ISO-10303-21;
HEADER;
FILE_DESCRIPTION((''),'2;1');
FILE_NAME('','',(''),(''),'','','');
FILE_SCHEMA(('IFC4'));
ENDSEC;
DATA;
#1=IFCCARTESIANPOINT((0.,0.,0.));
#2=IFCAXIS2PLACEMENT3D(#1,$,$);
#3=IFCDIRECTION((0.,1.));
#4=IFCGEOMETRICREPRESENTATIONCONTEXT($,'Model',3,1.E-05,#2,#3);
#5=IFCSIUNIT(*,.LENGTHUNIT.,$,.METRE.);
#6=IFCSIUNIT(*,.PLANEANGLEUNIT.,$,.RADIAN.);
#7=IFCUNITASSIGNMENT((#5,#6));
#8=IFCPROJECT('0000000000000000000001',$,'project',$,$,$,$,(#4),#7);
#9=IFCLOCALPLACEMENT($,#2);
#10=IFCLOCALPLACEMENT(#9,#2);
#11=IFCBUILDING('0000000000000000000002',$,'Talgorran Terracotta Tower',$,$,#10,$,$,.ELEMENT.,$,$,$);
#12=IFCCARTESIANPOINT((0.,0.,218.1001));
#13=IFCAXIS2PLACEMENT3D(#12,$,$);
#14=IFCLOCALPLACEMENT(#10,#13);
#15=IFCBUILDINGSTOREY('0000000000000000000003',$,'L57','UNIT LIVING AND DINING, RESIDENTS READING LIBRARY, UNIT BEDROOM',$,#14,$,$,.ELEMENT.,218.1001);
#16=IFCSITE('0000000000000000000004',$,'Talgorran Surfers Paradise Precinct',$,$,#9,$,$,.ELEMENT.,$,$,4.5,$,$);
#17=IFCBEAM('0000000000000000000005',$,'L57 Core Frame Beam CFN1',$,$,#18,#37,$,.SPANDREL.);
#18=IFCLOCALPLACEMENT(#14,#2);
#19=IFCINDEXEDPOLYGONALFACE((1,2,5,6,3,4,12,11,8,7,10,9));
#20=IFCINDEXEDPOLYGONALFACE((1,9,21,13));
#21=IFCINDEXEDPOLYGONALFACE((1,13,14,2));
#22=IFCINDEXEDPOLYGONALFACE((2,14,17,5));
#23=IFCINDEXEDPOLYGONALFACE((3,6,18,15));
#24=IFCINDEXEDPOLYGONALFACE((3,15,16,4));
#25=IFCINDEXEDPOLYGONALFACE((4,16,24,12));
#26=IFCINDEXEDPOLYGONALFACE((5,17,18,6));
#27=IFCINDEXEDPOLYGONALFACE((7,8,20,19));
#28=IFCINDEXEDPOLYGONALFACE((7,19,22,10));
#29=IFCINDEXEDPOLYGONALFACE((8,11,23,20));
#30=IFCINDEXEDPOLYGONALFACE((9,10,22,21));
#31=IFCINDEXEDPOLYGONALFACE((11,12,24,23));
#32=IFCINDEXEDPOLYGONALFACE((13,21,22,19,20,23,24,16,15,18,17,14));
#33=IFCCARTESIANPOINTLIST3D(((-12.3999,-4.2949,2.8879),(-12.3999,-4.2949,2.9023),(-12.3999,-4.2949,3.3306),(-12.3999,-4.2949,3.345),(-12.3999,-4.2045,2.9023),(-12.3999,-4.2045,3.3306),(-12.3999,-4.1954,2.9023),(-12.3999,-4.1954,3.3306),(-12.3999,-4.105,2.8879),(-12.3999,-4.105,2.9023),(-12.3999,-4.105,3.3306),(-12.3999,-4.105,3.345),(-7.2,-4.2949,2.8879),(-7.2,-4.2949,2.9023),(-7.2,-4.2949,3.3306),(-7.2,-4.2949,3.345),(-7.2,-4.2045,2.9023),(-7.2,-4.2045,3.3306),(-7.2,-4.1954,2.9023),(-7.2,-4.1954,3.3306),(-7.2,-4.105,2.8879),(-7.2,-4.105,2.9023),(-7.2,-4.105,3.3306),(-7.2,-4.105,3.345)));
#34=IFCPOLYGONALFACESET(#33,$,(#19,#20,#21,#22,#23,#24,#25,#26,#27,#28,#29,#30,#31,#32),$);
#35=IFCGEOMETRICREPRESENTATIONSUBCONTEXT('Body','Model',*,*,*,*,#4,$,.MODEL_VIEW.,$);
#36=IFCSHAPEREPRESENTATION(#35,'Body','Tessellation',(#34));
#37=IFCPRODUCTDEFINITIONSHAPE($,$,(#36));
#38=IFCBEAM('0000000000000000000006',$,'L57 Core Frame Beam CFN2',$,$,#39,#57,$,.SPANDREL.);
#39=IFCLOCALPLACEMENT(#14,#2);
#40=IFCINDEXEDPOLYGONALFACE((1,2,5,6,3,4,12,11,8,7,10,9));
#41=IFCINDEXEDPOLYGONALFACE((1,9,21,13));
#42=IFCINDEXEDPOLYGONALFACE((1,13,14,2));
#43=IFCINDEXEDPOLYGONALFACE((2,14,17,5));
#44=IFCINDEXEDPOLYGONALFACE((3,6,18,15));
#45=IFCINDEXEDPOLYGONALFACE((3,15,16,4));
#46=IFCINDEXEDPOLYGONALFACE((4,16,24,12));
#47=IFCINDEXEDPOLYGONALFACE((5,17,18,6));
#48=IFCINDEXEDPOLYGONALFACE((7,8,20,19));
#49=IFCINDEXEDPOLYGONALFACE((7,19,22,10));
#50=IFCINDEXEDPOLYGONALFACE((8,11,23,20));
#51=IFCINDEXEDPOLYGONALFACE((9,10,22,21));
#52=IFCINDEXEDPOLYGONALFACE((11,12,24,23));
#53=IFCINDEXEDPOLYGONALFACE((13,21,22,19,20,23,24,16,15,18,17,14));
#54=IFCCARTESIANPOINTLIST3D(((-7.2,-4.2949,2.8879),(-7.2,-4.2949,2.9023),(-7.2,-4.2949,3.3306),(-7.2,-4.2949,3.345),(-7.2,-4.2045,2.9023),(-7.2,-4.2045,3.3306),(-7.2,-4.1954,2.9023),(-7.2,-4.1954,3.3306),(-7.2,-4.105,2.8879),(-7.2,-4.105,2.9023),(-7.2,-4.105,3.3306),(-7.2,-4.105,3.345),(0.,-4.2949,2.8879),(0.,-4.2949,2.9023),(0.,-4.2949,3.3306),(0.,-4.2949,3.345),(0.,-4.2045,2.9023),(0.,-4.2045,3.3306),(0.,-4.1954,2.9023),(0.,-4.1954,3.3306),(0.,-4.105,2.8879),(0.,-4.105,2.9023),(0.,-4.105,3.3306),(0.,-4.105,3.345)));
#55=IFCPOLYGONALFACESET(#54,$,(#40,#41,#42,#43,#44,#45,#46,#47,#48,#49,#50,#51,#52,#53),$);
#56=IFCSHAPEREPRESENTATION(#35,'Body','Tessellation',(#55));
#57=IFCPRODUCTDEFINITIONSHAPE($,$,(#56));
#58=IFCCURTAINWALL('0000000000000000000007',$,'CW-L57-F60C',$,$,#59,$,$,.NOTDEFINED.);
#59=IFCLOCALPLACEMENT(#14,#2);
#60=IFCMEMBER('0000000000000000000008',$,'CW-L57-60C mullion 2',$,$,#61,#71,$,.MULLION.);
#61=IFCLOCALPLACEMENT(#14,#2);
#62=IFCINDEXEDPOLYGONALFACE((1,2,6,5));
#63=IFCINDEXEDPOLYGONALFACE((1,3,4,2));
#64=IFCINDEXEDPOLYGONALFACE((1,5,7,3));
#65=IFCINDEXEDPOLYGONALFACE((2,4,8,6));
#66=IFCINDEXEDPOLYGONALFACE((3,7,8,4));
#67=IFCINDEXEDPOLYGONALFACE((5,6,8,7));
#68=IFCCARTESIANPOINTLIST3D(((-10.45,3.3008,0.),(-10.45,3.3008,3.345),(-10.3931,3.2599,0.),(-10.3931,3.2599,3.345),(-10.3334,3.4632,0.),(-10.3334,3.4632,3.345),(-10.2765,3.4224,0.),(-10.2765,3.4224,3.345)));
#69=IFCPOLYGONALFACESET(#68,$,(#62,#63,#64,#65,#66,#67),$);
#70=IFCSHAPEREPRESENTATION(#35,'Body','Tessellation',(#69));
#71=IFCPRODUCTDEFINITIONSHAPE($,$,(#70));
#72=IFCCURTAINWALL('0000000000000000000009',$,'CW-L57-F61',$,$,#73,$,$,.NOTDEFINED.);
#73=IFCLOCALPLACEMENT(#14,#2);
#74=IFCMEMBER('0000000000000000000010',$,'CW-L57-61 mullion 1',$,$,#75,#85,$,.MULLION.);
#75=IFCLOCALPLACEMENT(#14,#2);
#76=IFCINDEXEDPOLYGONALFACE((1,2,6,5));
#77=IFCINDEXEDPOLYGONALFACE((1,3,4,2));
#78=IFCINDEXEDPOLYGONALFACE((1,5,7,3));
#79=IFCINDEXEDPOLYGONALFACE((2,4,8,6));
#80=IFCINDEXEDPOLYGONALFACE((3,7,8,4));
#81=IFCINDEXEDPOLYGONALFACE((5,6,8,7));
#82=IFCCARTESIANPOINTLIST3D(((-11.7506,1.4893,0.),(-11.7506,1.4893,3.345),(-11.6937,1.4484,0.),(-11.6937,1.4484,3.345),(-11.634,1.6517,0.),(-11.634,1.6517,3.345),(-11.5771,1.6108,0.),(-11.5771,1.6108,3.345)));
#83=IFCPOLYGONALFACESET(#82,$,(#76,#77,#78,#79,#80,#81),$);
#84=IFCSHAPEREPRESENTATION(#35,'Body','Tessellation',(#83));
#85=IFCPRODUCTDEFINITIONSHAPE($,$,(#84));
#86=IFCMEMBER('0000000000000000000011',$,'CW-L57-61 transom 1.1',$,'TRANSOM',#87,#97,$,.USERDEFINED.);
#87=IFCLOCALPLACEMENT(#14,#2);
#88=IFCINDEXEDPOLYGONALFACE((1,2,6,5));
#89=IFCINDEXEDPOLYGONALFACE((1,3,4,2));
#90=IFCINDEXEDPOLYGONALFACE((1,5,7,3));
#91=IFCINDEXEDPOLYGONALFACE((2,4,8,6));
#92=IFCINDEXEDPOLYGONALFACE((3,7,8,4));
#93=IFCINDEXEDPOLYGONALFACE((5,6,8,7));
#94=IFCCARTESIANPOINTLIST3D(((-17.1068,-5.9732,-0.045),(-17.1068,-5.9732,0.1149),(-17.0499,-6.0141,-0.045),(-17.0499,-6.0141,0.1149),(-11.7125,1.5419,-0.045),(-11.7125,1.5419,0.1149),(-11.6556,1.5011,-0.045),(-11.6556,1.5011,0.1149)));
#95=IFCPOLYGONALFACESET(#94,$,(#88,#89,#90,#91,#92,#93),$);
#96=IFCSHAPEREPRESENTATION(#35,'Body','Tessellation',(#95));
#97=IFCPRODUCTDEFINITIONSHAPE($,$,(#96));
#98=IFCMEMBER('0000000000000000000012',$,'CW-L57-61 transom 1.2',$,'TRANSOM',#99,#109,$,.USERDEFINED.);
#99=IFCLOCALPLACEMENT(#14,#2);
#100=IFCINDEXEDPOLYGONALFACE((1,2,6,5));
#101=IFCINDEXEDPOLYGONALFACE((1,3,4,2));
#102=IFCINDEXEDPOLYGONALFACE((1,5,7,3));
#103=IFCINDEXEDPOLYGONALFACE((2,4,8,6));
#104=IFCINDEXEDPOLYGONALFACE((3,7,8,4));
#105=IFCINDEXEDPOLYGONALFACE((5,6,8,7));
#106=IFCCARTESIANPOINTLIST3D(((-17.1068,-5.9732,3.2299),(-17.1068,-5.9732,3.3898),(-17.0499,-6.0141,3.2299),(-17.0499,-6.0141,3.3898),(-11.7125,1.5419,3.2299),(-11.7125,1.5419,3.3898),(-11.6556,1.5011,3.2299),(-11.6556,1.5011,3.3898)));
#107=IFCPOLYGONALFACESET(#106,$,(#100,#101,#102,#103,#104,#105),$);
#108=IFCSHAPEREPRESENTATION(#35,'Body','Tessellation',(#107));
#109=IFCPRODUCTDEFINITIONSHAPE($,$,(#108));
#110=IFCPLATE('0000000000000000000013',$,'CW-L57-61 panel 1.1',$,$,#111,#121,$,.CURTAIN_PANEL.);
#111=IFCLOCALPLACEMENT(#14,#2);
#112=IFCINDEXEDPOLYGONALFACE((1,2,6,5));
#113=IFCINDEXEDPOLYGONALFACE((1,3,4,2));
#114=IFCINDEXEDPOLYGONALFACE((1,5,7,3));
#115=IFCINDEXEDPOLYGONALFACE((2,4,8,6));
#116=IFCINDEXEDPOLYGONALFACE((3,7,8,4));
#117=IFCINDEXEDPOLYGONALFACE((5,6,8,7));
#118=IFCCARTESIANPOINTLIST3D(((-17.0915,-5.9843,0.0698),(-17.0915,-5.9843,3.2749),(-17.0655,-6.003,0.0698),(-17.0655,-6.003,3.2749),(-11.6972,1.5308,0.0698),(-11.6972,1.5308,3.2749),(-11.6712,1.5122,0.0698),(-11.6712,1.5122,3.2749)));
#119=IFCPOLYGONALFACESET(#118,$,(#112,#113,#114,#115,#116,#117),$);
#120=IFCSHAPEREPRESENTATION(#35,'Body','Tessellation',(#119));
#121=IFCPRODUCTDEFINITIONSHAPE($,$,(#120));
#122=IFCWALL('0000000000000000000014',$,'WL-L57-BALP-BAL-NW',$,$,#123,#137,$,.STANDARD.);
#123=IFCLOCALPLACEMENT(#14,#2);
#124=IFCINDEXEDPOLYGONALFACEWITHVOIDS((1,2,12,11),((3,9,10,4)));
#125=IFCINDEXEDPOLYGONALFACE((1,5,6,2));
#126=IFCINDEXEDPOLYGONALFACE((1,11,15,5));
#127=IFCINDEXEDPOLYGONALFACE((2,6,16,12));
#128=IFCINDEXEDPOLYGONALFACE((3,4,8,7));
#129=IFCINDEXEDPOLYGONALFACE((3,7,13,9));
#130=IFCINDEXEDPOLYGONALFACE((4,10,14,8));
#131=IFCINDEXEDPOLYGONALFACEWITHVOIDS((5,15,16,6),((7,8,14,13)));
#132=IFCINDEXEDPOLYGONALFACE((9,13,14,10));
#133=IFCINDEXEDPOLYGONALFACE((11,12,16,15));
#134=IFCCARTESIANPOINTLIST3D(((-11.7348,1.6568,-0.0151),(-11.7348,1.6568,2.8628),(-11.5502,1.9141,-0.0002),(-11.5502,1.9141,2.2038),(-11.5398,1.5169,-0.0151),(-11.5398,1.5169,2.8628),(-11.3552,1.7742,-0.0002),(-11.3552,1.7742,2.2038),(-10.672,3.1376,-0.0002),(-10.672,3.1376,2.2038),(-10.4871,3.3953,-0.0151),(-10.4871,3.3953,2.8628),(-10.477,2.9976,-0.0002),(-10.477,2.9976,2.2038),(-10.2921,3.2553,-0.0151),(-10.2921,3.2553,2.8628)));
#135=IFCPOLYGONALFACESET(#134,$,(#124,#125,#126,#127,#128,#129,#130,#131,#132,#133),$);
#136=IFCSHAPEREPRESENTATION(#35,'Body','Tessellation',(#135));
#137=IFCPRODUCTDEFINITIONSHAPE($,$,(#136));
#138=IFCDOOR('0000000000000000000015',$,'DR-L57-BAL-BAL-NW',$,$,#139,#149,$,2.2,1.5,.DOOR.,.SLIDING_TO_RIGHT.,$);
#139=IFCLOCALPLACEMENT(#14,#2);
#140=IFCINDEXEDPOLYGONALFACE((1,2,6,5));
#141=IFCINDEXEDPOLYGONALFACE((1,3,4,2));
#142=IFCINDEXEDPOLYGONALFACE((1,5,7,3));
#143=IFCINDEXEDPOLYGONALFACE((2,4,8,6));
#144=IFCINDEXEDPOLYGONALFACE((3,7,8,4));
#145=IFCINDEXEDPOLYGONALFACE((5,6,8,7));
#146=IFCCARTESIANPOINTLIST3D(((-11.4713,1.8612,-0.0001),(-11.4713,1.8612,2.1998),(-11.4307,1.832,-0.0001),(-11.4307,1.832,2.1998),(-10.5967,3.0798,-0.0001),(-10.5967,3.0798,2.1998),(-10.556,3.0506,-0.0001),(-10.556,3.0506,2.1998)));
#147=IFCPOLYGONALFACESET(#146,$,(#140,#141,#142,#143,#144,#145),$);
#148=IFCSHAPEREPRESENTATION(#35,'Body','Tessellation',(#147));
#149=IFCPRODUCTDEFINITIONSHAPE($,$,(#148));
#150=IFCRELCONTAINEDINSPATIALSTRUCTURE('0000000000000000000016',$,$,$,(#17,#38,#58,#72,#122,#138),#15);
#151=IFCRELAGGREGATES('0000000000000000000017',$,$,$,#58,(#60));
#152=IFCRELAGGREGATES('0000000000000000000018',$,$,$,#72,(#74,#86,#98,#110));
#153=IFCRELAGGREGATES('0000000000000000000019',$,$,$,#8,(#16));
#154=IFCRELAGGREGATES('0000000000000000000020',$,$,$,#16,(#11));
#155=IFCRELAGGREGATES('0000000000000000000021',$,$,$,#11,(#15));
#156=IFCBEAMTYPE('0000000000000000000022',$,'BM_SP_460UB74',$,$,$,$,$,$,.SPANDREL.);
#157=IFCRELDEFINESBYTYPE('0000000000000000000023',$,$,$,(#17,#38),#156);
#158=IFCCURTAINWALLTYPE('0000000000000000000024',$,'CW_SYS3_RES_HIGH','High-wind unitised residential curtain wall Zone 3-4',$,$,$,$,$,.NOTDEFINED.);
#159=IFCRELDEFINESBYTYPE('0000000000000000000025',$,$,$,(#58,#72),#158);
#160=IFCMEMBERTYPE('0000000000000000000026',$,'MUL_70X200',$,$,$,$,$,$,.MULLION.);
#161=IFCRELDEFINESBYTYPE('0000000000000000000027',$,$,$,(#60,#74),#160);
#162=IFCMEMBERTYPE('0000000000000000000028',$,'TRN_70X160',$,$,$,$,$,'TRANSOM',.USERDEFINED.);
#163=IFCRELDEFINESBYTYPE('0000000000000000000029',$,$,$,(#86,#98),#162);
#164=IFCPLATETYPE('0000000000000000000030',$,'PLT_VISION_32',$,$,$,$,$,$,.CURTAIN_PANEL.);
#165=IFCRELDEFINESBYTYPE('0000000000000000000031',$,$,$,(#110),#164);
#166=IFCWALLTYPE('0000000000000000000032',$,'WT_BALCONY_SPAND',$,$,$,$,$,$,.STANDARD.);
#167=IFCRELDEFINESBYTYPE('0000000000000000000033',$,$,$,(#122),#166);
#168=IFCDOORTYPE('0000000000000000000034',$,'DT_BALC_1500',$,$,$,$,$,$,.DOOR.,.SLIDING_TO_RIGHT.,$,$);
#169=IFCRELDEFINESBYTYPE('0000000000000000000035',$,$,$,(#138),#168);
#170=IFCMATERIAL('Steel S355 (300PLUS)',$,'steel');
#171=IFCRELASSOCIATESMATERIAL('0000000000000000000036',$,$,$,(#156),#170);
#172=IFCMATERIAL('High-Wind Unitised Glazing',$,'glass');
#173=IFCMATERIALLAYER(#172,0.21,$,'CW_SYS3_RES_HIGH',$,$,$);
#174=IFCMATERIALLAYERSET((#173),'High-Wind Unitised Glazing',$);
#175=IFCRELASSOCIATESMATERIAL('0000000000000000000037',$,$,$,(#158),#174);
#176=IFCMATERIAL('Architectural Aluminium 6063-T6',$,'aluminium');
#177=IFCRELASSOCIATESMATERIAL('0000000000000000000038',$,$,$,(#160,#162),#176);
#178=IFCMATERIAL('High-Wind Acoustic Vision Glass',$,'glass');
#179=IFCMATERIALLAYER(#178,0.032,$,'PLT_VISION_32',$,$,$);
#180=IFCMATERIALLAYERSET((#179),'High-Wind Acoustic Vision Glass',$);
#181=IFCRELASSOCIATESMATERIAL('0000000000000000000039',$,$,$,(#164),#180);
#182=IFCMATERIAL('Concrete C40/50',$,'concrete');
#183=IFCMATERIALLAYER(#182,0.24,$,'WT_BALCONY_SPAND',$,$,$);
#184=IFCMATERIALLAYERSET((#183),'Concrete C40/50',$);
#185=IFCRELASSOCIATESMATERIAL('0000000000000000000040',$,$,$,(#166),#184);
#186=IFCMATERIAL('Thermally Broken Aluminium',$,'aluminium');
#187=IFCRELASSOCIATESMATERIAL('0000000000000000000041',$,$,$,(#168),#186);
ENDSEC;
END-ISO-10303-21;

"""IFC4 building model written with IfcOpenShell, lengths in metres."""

from ifc_helpers import new_model, si_unit, direction, frame, frame_2d, origin, origin_2d, place, context, subcontext, project, spatial, rectangle, i_section, extrude, source, transform, mapped, material, layer, layer_set, material_profile, profile_set, type_object, type_shapes, element, fill, aggregate, save


model = new_model("IFC4")

# Units and contexts
model_context = context("Model", 3, precision=1e-05, world=origin(), true_north=direction((0.0, 1.0)))
body_context = subcontext(model_context, "Body", "Model", "MODEL_VIEW")
ifc_project = project(units=[si_unit("LENGTHUNIT", "METRE"), si_unit("PLANEANGLEUNIT", "RADIAN")], contexts=[model_context])

# Site, building, storey
site_placement = place(None, origin())
site = spatial("IfcSite", under=ifc_project, at=site_placement, Name="Talgorran Surfers Paradise Precinct", CompositionType="ELEMENT", RefElevation=4.5)
building_placement = place(site_placement, origin())
building = spatial("IfcBuilding", under=site, at=building_placement, Name="Talgorran Terracotta Tower", CompositionType="ELEMENT")
storey_placement = place(building_placement, frame((0.0, 0.0, 218.1001)))
storey = spatial("IfcBuildingStorey", under=building, at=storey_placement, Name="L57", Description="UNIT LIVING AND DINING, RESIDENTS READING LIBRARY, UNIT BEDROOM", CompositionType="ELEMENT", Elevation=218.1001)

# Shared definitions
ifc_material_1 = material(Name="Steel S355 (300PLUS)", Category="steel")

# Beams
ifc_material_profile_1 = material_profile(ifc_material_1, i_section(OverallWidth=0.1899, OverallDepth=0.457, WebThickness=0.009, FlangeThickness=0.0144, at=origin_2d()), Name="460UB74.6")
ifc_profile_set_1 = profile_set([ifc_material_profile_1], Name="Steel S355 (300PLUS)")
beam_type_1 = type_object("IfcBeamType", Name="BM_SP_460UB74", PredefinedType="SPANDREL", material=ifc_profile_set_1)
beam_1_placement = place(storey_placement, frame((-12.3999, -4.2, 3.1165), z_axis=(1.0, 0.0, 0.0), x_axis=(0.0, 1.0, 0.0)))
element("IfcBeam", 1, at=beam_1_placement, inside=storey, type_object=beam_type_1, Name="L57 Core Frame Beam CFN1", PredefinedType="SPANDREL", context=body_context, shape_type="SweptSolid", body=[
    extrude(i_section(OverallWidth=0.1899, OverallDepth=0.457, WebThickness=0.009, FlangeThickness=0.0144, at=origin_2d()), origin(), (0.0, 0.0, 1.0), 5.2),
])
beam_2_placement = place(storey_placement, frame((-7.2, -4.2, 3.1165), z_axis=(1.0, 0.0, 0.0), x_axis=(0.0, 1.0, 0.0)))
element("IfcBeam", 2, at=beam_2_placement, inside=storey, type_object=beam_type_1, Name="L57 Core Frame Beam CFN2", PredefinedType="SPANDREL", context=body_context, shape_type="SweptSolid", body=[
    extrude(i_section(OverallWidth=0.1899, OverallDepth=0.457, WebThickness=0.009, FlangeThickness=0.0144, at=origin_2d()), origin(), (0.0, 0.0, 1.0), 7.2),
])

# Curtain wall, member
ifc_material_2 = material(Name="High-Wind Unitised Glazing", Category="glass")
ifc_layer_1 = layer(ifc_material_2, 0.21, Name="CW_SYS3_RES_HIGH")
ifc_layer_set_1 = layer_set([ifc_layer_1], Name="High-Wind Unitised Glazing")
curtain_wall_type = type_object("IfcCurtainWallType", Name="CW_SYS3_RES_HIGH", Description="High-wind unitised residential curtain wall Zone 3-4", PredefinedType="NOTDEFINED", material=ifc_layer_set_1)
curtain_wall_1_placement = place(storey_placement, origin())
curtain_wall_1 = element("IfcCurtainWall", 3, at=curtain_wall_1_placement, inside=storey, type_object=curtain_wall_type, Name="CW-L57-F60C", PredefinedType="NOTDEFINED")
ifc_material_3 = material(Name="Architectural Aluminium 6063-T6", Category="aluminium")
ifc_material_profile_2 = material_profile(ifc_material_3, rectangle(XDim=0.0701, YDim=0.2, at=origin_2d()), Name="CWM70X200")
ifc_profile_set_2 = profile_set([ifc_material_profile_2], Name="Architectural Aluminium 6063-T6")
member_type_1 = type_object("IfcMemberType", Name="MUL_70X200", PredefinedType="MULLION", material=ifc_profile_set_2)
member_1_placement = place(storey_placement, frame((-10.3633, 3.3616, 0.0), z_axis=(0.0, 0.0, 1.0), x_axis=(0.81239, -0.583115, 0.0)))
member_1 = element("IfcMember", 4, at=member_1_placement, type_object=member_type_1, Name="CW-L57-60C mullion 2", PredefinedType="MULLION", context=body_context, shape_type="SweptSolid", body=[
    extrude(rectangle(XDim=0.0701, YDim=0.2, at=origin_2d()), origin(), (0.0, 0.0, 1.0), 3.345),
])
aggregate(curtain_wall_1, [member_1])

# Curtain wall, members, plate
curtain_wall_2_placement = place(storey_placement, origin())
curtain_wall_2 = element("IfcCurtainWall", 5, at=curtain_wall_2_placement, inside=storey, type_object=curtain_wall_type, Name="CW-L57-F61", PredefinedType="NOTDEFINED")
member_2_placement = place(storey_placement, frame((-11.6638, 1.55, 0.0), z_axis=(0.0, 0.0, 1.0), x_axis=(0.812387, -0.583118, 0.0)))
member_2 = element("IfcMember", 6, at=member_2_placement, type_object=member_type_1, Name="CW-L57-61 mullion 1", PredefinedType="MULLION", context=body_context, shape_type="SweptSolid", body=[
    extrude(rectangle(XDim=0.0701, YDim=0.2, at=origin_2d()), origin(), (0.0, 0.0, 1.0), 3.345),
])
ifc_material_profile_3 = material_profile(ifc_material_3, rectangle(XDim=0.0701, YDim=0.1599, at=origin_2d()), Name="CWT70X160")
ifc_profile_set_3 = profile_set([ifc_material_profile_3], Name="Architectural Aluminium 6063-T6")
member_type_2 = type_object("IfcMemberType", Name="TRN_70X160", ElementType="TRANSOM", PredefinedType="USERDEFINED", material=ifc_profile_set_3)
member_3_placement = place(storey_placement, frame((-11.6841, 1.5215, 0.0349), z_axis=(-0.583121, -0.812385, 0.0), x_axis=(0.812385, -0.583121, 0.0)))
member_3 = element("IfcMember", 7, at=member_3_placement, type_object=member_type_2, Name="CW-L57-61 transom 1.1", ObjectType="TRANSOM", PredefinedType="USERDEFINED", context=body_context, shape_type="SweptSolid", body=[
    extrude(rectangle(XDim=0.0701, YDim=0.1599, at=origin_2d()), origin(), (0.0, 0.0, 1.0), 9.2507),
])
member_4_placement = place(storey_placement, frame((-11.6841, 1.5215, 3.3098), z_axis=(-0.583121, -0.812385, 0.0), x_axis=(0.812385, -0.583121, 0.0)))
member_4 = element("IfcMember", 8, at=member_4_placement, type_object=member_type_2, Name="CW-L57-61 transom 1.2", ObjectType="TRANSOM", PredefinedType="USERDEFINED", context=body_context, shape_type="SweptSolid", body=[
    extrude(rectangle(XDim=0.0701, YDim=0.1599, at=origin_2d()), origin(), (0.0, 0.0, 1.0), 9.2507),
])
ifc_material_4 = material(Name="High-Wind Acoustic Vision Glass", Category="glass")
ifc_layer_2 = layer(ifc_material_4, 0.032, Name="PLT_VISION_32")
ifc_layer_set_2 = layer_set([ifc_layer_2], Name="High-Wind Acoustic Vision Glass")
plate_type = type_object("IfcPlateType", Name="PLT_VISION_32", PredefinedType="CURTAIN_PANEL", material=ifc_layer_set_2)
shared_shape = source(origin(), body_context, "Body", "SweptSolid", [
    extrude(rectangle(XDim=9.2507, YDim=0.032, at=origin_2d()), origin(), (0.0, 0.0, 1.0), 3.2051),
])
type_shapes(plate_type, [shared_shape])
plate_placement = place(storey_placement, frame((-14.3813, -2.2361, 0.0698), z_axis=(0.0, 0.0, 1.0), x_axis=(-0.583118, -0.812387, 0.0)))
plate = element("IfcPlate", 9, at=plate_placement, type_object=plate_type, Name="CW-L57-61 panel 1.1", PredefinedType="CURTAIN_PANEL", context=body_context, shape_type="MappedRepresentation", body=[
    mapped(shared_shape, transform((0.0, 0.0, 0.0), scale=1.0)),
])
aggregate(curtain_wall_2, [member_2, member_3, member_4, plate])

# Wall, opening, door
ifc_material_5 = material(Name="Concrete C40/50", Category="concrete")
ifc_layer_3 = layer(ifc_material_5, 0.24, Name="WT_BALCONY_SPAND")
ifc_layer_set_3 = layer_set([ifc_layer_3], Name="Concrete C40/50")
wall_type_1 = type_object("IfcWallType", Name="WT_BALCONY_SPAND", PredefinedType="STANDARD", material=ifc_layer_set_3)
wall_1_placement = place(storey_placement, frame((-10.3896, 3.3252, -0.0151), z_axis=(0.0, 0.0, 1.0), x_axis=(-0.583093, -0.812405, 0.0)))
wall_1 = element("IfcWall", 10, at=wall_1_placement, inside=storey, type_object=wall_type_1, Name="WL-L57-BALP-BAL-NW", PredefinedType="STANDARD", context=body_context, shape_type="SweptSolid", body=[
    extrude(rectangle(XDim=2.1399, YDim=0.24, at=frame_2d((1.0698, 0.0))), origin(), (0.0, 0.0, 1.0), 2.8779),
])
opening_1_placement = place(wall_1_placement, frame((0.3201, 0.0, 0.0149)))
opening_1 = element("IfcOpeningElement", 11, at=opening_1_placement, cuts=wall_1, PredefinedType="OPENING", context=body_context, shape_type="SweptSolid", body=[
    extrude(rectangle(XDim=1.506, YDim=2.204, at=frame_2d((0.75, 1.1021))), frame((0.0, 0.1299, 0.0), z_axis=(0.0, -1.0, 0.0), x_axis=(1.0, 0.0, 0.0)), (0.0, 0.0, 1.0), 0.26),
])
ifc_material_6 = material(Name="Thermally Broken Aluminium", Category="aluminium")
door_type_1 = type_object("IfcDoorType", Name="DT_BALC_1500", OperationType="SLIDING_TO_RIGHT", PredefinedType="DOOR", material=ifc_material_6)
door_1_placement = place(opening_1_placement, origin())
door_1 = element("IfcDoor", 12, at=door_1_placement, inside=storey, type_object=door_type_1, Name="DR-L57-BAL-BAL-NW", OperationType="SLIDING_TO_RIGHT", OverallHeight=2.2, OverallWidth=1.5, PredefinedType="DOOR", context=body_context, shape_type="SweptSolid", body=[
    extrude(rectangle(XDim=1.5, YDim=2.2, at=frame_2d((0.75, 1.1001))), frame((0.0, 0.0249, 0.0), z_axis=(0.0, -1.0, 0.0), x_axis=(1.0, 0.0, 0.0)), (0.0, 0.0, 1.0), 0.05),
])
fill(opening_1, door_1)

save(model, "model.ifc")
